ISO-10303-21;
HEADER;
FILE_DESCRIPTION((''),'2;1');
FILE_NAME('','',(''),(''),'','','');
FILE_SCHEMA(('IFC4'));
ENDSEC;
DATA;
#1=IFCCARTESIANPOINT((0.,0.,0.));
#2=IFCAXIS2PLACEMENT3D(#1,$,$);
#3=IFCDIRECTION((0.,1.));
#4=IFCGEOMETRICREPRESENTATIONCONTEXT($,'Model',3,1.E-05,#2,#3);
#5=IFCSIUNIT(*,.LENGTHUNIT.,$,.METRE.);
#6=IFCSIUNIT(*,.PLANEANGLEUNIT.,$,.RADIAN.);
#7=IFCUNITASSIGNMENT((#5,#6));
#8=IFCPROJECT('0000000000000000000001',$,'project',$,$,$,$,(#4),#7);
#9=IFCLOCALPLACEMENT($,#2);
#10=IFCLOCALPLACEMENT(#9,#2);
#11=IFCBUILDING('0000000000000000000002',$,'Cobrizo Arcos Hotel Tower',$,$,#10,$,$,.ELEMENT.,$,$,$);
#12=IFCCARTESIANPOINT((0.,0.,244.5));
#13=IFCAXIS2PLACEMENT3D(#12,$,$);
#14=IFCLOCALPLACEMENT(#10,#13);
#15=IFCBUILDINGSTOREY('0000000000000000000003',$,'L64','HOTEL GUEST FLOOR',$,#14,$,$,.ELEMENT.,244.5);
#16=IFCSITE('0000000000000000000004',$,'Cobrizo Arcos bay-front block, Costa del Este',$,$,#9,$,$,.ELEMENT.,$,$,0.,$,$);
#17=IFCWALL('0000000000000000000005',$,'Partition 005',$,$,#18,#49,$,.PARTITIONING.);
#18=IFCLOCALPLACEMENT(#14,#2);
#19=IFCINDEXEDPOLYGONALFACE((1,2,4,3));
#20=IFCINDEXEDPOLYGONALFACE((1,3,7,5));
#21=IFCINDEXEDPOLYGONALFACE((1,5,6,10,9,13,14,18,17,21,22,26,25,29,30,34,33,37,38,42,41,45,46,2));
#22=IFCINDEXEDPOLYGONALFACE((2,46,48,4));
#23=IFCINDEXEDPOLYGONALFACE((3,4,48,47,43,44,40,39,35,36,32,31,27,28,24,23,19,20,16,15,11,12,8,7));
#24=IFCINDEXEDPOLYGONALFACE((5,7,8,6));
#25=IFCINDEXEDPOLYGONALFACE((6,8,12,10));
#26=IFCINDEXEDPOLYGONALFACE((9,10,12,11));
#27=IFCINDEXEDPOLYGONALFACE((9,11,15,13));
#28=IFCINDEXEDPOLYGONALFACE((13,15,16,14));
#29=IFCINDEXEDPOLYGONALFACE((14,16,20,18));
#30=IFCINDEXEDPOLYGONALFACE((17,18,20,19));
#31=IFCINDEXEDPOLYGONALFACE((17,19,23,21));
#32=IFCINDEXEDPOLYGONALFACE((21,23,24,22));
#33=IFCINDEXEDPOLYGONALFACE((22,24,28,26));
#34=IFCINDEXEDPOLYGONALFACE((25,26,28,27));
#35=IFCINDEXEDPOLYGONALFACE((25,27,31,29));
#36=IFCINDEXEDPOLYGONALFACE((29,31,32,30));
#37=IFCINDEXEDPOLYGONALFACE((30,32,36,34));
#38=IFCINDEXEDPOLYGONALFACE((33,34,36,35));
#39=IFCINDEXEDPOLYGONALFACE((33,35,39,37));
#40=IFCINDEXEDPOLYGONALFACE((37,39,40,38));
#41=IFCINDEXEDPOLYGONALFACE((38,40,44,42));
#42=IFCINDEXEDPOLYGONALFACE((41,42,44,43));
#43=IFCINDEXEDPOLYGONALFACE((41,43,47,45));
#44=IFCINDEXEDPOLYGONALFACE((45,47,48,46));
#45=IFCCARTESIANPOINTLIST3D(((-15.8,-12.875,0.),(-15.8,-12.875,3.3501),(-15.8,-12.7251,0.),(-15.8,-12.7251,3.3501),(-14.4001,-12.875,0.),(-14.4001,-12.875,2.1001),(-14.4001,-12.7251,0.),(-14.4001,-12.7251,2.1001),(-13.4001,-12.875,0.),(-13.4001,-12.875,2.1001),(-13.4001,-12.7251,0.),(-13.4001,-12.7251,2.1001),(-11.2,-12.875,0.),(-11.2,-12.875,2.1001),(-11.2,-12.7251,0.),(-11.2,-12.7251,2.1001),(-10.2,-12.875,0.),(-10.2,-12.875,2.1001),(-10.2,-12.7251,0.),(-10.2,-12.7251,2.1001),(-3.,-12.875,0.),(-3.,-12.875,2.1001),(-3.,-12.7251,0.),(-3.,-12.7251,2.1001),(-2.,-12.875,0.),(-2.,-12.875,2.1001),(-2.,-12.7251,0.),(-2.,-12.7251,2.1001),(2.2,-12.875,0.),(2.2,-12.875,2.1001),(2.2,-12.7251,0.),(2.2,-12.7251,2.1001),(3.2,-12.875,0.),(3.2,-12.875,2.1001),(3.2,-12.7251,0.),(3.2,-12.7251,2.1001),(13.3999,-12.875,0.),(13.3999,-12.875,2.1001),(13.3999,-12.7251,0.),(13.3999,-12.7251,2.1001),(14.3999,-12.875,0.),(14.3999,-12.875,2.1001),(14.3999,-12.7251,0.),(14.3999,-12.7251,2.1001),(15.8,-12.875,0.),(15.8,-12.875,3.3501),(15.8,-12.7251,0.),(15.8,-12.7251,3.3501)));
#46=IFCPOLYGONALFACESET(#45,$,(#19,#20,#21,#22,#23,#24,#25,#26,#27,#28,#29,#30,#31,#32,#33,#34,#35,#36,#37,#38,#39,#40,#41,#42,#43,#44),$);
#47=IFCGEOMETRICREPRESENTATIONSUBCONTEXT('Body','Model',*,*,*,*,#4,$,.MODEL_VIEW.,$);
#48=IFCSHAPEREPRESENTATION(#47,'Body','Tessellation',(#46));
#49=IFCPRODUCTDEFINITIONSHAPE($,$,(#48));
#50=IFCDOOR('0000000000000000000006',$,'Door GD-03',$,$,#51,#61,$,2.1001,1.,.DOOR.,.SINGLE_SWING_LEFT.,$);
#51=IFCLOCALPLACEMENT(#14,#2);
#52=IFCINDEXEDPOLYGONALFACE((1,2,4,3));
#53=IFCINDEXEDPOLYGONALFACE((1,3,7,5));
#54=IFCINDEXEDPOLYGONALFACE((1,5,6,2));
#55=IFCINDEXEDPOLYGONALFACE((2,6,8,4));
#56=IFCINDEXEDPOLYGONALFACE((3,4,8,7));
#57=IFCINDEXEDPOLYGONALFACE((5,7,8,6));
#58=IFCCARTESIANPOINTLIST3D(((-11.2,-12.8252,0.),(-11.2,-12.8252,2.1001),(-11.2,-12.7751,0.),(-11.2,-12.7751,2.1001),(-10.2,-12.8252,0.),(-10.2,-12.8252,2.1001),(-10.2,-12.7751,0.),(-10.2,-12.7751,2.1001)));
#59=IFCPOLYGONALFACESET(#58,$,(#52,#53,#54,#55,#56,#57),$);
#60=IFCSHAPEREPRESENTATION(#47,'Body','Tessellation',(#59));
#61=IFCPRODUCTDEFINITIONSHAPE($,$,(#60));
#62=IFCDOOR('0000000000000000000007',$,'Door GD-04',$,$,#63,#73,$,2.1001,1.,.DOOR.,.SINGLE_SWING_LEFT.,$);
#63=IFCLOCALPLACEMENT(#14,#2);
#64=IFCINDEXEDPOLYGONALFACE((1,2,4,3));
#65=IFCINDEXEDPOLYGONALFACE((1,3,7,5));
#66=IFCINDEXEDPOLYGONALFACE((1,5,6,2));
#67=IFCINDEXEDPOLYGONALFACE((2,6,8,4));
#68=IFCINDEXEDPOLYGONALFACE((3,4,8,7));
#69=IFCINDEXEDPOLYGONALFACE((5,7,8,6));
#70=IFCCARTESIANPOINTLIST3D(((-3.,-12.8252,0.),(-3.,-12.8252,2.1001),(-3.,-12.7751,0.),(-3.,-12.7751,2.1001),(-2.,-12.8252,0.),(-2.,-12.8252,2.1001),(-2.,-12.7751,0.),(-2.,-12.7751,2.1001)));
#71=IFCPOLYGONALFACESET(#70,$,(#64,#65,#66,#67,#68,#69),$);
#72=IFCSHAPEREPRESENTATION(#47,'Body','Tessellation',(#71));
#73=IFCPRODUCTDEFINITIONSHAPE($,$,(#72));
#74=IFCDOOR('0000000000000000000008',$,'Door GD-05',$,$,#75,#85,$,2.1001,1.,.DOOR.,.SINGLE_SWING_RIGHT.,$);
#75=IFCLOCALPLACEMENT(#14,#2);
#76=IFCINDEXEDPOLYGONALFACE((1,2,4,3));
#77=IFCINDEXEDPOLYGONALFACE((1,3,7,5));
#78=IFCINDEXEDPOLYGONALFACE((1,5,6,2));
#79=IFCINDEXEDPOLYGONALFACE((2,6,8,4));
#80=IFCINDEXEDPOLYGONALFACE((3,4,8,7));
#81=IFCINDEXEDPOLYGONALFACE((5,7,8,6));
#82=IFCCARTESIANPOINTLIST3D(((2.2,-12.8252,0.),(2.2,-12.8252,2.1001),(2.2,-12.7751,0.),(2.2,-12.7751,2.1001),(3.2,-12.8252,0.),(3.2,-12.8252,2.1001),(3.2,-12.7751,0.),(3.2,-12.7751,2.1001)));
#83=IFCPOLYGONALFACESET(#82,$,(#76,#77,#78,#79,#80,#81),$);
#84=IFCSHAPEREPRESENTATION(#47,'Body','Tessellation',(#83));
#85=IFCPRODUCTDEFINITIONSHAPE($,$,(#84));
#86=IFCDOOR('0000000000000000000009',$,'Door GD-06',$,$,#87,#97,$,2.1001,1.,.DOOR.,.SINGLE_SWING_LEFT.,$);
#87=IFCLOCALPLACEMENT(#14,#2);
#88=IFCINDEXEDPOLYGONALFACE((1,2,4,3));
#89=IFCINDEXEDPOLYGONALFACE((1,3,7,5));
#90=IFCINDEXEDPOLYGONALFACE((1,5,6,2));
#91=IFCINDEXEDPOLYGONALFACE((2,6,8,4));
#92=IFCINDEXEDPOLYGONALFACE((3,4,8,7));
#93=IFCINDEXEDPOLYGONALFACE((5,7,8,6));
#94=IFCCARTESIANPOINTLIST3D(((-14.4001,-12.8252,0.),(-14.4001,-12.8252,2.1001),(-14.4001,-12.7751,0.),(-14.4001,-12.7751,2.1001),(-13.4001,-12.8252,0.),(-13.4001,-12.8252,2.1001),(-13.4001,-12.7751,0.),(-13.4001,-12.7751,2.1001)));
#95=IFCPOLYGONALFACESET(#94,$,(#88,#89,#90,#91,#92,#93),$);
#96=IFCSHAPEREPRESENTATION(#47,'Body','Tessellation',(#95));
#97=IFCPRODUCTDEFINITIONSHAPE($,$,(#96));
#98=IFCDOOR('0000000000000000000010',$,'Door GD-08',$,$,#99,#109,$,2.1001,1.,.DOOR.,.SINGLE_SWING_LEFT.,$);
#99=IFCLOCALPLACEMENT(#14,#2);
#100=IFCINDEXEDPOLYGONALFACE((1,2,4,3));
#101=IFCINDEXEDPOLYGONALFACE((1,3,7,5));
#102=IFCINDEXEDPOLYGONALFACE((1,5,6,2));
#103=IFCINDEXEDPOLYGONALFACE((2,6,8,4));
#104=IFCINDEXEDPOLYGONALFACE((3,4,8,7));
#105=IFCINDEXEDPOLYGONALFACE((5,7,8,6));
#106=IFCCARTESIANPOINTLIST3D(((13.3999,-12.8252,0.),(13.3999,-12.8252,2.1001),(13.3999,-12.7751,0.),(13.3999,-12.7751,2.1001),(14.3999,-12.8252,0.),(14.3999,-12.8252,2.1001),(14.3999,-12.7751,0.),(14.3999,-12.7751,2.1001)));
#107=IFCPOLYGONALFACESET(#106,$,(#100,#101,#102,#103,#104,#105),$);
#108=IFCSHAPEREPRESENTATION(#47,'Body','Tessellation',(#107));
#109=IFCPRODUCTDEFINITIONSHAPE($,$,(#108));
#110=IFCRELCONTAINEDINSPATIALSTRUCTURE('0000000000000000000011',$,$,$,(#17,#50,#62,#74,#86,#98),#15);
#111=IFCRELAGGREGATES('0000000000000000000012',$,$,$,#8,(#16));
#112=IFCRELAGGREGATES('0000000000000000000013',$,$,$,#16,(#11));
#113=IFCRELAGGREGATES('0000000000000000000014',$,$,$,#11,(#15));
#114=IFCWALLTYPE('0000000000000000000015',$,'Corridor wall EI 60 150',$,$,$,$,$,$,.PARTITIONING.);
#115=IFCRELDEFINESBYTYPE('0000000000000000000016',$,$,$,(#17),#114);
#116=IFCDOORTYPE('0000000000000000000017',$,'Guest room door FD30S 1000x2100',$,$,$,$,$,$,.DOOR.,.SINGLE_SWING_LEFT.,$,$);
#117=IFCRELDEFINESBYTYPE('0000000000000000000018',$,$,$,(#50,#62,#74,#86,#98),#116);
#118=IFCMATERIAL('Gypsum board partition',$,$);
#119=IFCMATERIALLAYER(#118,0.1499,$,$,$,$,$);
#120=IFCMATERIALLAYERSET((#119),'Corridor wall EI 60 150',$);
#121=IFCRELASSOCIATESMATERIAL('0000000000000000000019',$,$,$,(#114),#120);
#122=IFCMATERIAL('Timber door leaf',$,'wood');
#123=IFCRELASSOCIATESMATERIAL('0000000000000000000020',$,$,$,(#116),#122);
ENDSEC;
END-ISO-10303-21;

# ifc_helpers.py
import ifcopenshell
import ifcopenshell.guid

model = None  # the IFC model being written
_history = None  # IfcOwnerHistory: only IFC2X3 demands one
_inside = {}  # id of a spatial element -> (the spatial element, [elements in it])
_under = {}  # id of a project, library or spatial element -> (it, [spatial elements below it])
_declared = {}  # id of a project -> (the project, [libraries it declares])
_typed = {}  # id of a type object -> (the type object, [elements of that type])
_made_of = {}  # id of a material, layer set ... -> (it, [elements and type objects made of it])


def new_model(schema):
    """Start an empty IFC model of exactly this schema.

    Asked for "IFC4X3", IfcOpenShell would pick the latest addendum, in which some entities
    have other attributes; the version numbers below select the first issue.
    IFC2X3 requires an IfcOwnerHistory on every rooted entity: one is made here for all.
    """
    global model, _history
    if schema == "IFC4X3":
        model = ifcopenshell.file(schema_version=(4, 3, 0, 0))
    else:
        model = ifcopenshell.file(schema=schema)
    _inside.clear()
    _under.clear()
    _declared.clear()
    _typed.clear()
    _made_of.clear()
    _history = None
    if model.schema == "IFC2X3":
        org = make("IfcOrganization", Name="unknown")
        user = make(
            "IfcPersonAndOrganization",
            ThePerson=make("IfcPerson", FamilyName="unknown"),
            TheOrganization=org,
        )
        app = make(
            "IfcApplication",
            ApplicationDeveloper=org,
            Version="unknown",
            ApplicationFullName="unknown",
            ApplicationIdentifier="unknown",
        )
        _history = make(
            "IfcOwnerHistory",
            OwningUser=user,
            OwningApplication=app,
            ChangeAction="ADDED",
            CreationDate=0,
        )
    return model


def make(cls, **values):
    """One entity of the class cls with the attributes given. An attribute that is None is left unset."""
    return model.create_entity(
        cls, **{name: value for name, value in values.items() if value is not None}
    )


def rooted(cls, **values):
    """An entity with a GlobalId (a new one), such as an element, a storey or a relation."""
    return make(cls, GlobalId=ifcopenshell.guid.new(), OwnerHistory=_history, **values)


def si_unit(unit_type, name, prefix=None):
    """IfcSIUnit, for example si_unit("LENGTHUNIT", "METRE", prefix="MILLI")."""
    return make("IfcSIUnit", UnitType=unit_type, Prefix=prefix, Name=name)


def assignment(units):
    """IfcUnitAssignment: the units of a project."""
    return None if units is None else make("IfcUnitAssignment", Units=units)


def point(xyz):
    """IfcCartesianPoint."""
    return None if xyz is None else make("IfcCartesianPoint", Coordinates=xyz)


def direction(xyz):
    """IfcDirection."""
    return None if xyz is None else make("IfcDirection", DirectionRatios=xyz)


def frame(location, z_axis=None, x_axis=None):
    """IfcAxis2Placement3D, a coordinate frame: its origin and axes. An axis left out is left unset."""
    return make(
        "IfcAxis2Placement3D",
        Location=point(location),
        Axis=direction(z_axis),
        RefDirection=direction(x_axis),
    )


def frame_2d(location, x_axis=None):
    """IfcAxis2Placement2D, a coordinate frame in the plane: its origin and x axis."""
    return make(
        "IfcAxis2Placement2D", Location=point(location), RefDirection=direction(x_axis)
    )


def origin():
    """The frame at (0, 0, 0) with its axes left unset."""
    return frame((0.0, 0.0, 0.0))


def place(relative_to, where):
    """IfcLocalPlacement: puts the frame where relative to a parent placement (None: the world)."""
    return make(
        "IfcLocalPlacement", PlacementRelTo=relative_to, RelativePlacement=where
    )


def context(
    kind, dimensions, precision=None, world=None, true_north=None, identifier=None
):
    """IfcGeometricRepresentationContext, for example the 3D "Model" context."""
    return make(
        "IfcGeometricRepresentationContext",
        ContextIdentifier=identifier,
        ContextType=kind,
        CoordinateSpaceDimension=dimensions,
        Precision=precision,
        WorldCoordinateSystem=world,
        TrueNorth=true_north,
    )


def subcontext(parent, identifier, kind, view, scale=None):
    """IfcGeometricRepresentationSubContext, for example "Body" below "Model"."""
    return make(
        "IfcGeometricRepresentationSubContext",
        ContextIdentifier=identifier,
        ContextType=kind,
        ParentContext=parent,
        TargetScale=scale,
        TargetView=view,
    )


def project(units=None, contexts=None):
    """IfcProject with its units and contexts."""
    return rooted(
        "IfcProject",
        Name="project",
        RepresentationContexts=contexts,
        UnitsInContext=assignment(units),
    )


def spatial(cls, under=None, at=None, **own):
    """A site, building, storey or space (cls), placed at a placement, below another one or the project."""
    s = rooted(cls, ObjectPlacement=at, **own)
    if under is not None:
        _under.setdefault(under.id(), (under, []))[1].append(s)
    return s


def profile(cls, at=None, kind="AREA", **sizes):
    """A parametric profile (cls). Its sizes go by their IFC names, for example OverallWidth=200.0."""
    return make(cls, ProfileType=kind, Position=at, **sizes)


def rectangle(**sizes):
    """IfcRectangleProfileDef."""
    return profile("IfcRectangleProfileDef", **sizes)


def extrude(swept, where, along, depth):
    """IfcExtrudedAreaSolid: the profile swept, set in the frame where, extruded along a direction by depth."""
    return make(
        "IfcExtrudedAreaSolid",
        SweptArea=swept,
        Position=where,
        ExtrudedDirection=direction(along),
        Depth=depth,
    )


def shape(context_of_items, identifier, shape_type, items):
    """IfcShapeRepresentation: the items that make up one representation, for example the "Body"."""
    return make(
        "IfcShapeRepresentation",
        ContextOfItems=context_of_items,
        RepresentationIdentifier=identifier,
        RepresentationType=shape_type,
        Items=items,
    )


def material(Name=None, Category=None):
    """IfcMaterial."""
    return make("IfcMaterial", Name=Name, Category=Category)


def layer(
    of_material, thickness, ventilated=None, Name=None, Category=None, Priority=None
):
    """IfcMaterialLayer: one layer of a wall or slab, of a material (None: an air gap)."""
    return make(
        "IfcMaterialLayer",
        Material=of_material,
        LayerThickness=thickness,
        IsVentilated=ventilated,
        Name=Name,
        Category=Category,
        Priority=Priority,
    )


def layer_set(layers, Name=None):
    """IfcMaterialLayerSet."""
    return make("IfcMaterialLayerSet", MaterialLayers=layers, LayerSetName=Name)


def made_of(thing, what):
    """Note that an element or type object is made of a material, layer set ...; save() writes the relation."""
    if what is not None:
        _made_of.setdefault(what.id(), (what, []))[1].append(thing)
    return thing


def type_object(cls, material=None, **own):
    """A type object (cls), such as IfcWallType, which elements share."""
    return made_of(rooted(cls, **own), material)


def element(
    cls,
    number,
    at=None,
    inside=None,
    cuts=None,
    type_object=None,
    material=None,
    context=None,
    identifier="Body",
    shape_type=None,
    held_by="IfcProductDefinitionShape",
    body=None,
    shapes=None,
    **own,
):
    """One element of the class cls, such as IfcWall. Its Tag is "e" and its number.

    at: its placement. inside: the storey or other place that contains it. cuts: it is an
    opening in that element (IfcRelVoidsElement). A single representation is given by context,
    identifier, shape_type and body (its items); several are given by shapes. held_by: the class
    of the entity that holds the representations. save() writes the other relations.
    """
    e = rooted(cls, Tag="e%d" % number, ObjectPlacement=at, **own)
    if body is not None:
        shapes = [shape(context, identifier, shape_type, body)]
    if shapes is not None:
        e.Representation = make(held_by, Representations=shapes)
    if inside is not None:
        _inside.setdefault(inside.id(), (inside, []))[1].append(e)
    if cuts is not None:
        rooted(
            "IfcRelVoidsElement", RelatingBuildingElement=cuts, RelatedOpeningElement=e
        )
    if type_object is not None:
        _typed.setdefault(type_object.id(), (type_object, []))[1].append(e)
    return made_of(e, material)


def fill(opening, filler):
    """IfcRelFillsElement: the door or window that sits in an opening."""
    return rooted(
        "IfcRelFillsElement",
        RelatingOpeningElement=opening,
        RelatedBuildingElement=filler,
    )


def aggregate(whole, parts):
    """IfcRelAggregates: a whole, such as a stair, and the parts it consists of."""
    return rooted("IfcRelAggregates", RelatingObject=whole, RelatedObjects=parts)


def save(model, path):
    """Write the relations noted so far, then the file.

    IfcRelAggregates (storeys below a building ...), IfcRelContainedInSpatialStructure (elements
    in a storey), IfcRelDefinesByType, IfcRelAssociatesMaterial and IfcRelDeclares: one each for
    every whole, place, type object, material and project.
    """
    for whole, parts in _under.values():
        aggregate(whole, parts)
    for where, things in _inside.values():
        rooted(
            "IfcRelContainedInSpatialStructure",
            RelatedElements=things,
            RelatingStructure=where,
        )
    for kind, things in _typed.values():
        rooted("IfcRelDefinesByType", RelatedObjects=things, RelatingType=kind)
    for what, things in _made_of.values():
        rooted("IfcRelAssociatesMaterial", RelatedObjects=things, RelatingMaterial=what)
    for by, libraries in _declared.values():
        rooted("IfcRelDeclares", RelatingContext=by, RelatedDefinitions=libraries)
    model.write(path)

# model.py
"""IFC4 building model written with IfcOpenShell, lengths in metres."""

from ifc_helpers import new_model, si_unit, direction, frame, frame_2d, origin, place, context, subcontext, project, spatial, rectangle, extrude, material, layer, layer_set, type_object, element, fill, save


model = new_model("IFC4")

# Units and contexts
model_context = context("Model", 3, precision=1e-05, world=origin(), true_north=direction((0.0, 1.0)))
body_context = subcontext(model_context, "Body", "Model", "MODEL_VIEW")
ifc_project = project(units=[si_unit("LENGTHUNIT", "METRE"), si_unit("PLANEANGLEUNIT", "RADIAN")], contexts=[model_context])

# Site, building, storey
site_placement = place(None, origin())
site = spatial("IfcSite", under=ifc_project, at=site_placement, Name="Cobrizo Arcos bay-front block, Costa del Este", CompositionType="ELEMENT", RefElevation=0.0)
building_placement = place(site_placement, origin())
building = spatial("IfcBuilding", under=site, at=building_placement, Name="Cobrizo Arcos Hotel Tower", CompositionType="ELEMENT")
storey_placement = place(building_placement, frame((0.0, 0.0, 244.5)))
storey = spatial("IfcBuildingStorey", under=building, at=storey_placement, Name="L64", Description="HOTEL GUEST FLOOR", CompositionType="ELEMENT", Elevation=244.5)

# Wall, openings, doors
ifc_material_1 = material(Name="Gypsum board partition")
ifc_layer_1 = layer(ifc_material_1, 0.1499)
ifc_layer_set_1 = layer_set([ifc_layer_1], Name="Corridor wall EI 60 150")
wall_type = type_object("IfcWallType", Name="Corridor wall EI 60 150", PredefinedType="PARTITIONING", material=ifc_layer_set_1)
wall_placement = place(storey_placement, frame((-15.8, -12.8, 0.0), z_axis=(0.0, 0.0, 1.0), x_axis=(1.0, 0.0, 0.0)))
wall = element("IfcWall", 1, at=wall_placement, inside=storey, type_object=wall_type, Name="Partition 005", PredefinedType="PARTITIONING", context=body_context, shape_type="SweptSolid", body=[
    extrude(rectangle(XDim=31.6001, YDim=0.1499, at=frame_2d((15.8, 0.0))), origin(), (0.0, 0.0, 1.0), 3.3501),
])
opening_1_placement = place(wall_placement, frame((4.6001, 0.0, 0.0)))
opening_1 = element("IfcOpeningElement", 2, at=opening_1_placement, cuts=wall, PredefinedType="OPENING", context=body_context, shape_type="SweptSolid", body=[
    extrude(rectangle(XDim=1.0, YDim=2.1001, at=frame_2d((0.5, 1.05))), frame((0.0, 0.0869, 0.0), z_axis=(0.0, -1.0, 0.0), x_axis=(1.0, 0.0, 0.0)), (0.0, 0.0, 1.0), 0.1738),
])
opening_2_placement = place(wall_placement, frame((12.8, 0.0, 0.0)))
opening_2 = element("IfcOpeningElement", 3, at=opening_2_placement, cuts=wall, PredefinedType="OPENING", context=body_context, shape_type="SweptSolid", body=[
    extrude(rectangle(XDim=1.0, YDim=2.1001, at=frame_2d((0.5, 1.05))), frame((0.0, 0.0869, 0.0), z_axis=(0.0, -1.0, 0.0), x_axis=(1.0, 0.0, 0.0)), (0.0, 0.0, 1.0), 0.1738),
])
opening_3_placement = place(wall_placement, frame((18.0, 0.0, 0.0)))
opening_3 = element("IfcOpeningElement", 4, at=opening_3_placement, cuts=wall, PredefinedType="OPENING", context=body_context, shape_type="SweptSolid", body=[
    extrude(rectangle(XDim=1.0, YDim=2.1001, at=frame_2d((0.5, 1.05))), frame((0.0, 0.0869, 0.0), z_axis=(0.0, -1.0, 0.0), x_axis=(1.0, 0.0, 0.0)), (0.0, 0.0, 1.0), 0.1738),
])
opening_4_placement = place(wall_placement, frame((1.3999, 0.0, 0.0)))
opening_4 = element("IfcOpeningElement", 5, at=opening_4_placement, cuts=wall, PredefinedType="OPENING", context=body_context, shape_type="SweptSolid", body=[
    extrude(rectangle(XDim=1.0, YDim=2.1001, at=frame_2d((0.5, 1.05))), frame((0.0, 0.0869, 0.0), z_axis=(0.0, -1.0, 0.0), x_axis=(1.0, 0.0, 0.0)), (0.0, 0.0, 1.0), 0.1738),
])
opening_5_placement = place(wall_placement, frame((29.2, 0.0, 0.0)))
opening_5 = element("IfcOpeningElement", 6, at=opening_5_placement, cuts=wall, PredefinedType="OPENING", context=body_context, shape_type="SweptSolid", body=[
    extrude(rectangle(XDim=1.0, YDim=2.1001, at=frame_2d((0.5, 1.05))), frame((0.0, 0.0869, 0.0), z_axis=(0.0, -1.0, 0.0), x_axis=(1.0, 0.0, 0.0)), (0.0, 0.0, 1.0), 0.1738),
])
ifc_material_2 = material(Name="Timber door leaf", Category="wood")
door_type = type_object("IfcDoorType", Name="Guest room door FD30S 1000x2100", OperationType="SINGLE_SWING_LEFT", PredefinedType="DOOR", material=ifc_material_2)
door_1_placement = place(opening_1_placement, origin())
door_1 = element("IfcDoor", 7, at=door_1_placement, inside=storey, type_object=door_type, Name="Door GD-03", OperationType="SINGLE_SWING_LEFT", OverallHeight=2.1001, OverallWidth=1.0, PredefinedType="DOOR", context=body_context, shape_type="SweptSolid", body=[
    extrude(rectangle(XDim=1.0, YDim=2.1001, at=frame_2d((0.5, 1.05))), frame((0.0, 0.0249, 0.0), z_axis=(0.0, -1.0, 0.0), x_axis=(1.0, 0.0, 0.0)), (0.0, 0.0, 1.0), 0.05),
])
fill(opening_1, door_1)
door_2_placement = place(opening_2_placement, origin())
door_2 = element("IfcDoor", 8, at=door_2_placement, inside=storey, type_object=door_type, Name="Door GD-04", OperationType="SINGLE_SWING_LEFT", OverallHeight=2.1001, OverallWidth=1.0, PredefinedType="DOOR", context=body_context, shape_type="SweptSolid", body=[
    extrude(rectangle(XDim=1.0, YDim=2.1001, at=frame_2d((0.5, 1.05))), frame((0.0, 0.0249, 0.0), z_axis=(0.0, -1.0, 0.0), x_axis=(1.0, 0.0, 0.0)), (0.0, 0.0, 1.0), 0.05),
])
fill(opening_2, door_2)
door_3_placement = place(opening_3_placement, origin())
door_3 = element("IfcDoor", 9, at=door_3_placement, inside=storey, type_object=door_type, Name="Door GD-05", OperationType="SINGLE_SWING_RIGHT", OverallHeight=2.1001, OverallWidth=1.0, PredefinedType="DOOR", context=body_context, shape_type="SweptSolid", body=[
    extrude(rectangle(XDim=1.0, YDim=2.1001, at=frame_2d((0.5, 1.05))), frame((0.0, 0.0249, 0.0), z_axis=(0.0, -1.0, 0.0), x_axis=(1.0, 0.0, 0.0)), (0.0, 0.0, 1.0), 0.05),
])
fill(opening_3, door_3)
door_4_placement = place(opening_4_placement, origin())
door_4 = element("IfcDoor", 10, at=door_4_placement, inside=storey, type_object=door_type, Name="Door GD-06", OperationType="SINGLE_SWING_LEFT", OverallHeight=2.1001, OverallWidth=1.0, PredefinedType="DOOR", context=body_context, shape_type="SweptSolid", body=[
    extrude(rectangle(XDim=1.0, YDim=2.1001, at=frame_2d((0.5, 1.05))), frame((0.0, 0.0249, 0.0), z_axis=(0.0, -1.0, 0.0), x_axis=(1.0, 0.0, 0.0)), (0.0, 0.0, 1.0), 0.05),
])
fill(opening_4, door_4)
door_5_placement = place(opening_5_placement, origin())
door_5 = element("IfcDoor", 11, at=door_5_placement, inside=storey, type_object=door_type, Name="Door GD-08", OperationType="SINGLE_SWING_LEFT", OverallHeight=2.1001, OverallWidth=1.0, PredefinedType="DOOR", context=body_context, shape_type="SweptSolid", body=[
    extrude(rectangle(XDim=1.0, YDim=2.1001, at=frame_2d((0.5, 1.05))), frame((0.0, 0.0249, 0.0), z_axis=(0.0, -1.0, 0.0), x_axis=(1.0, 0.0, 0.0)), (0.0, 0.0, 1.0), 0.05),
])
fill(opening_5, door_5)

save(model, "model.ifc")
